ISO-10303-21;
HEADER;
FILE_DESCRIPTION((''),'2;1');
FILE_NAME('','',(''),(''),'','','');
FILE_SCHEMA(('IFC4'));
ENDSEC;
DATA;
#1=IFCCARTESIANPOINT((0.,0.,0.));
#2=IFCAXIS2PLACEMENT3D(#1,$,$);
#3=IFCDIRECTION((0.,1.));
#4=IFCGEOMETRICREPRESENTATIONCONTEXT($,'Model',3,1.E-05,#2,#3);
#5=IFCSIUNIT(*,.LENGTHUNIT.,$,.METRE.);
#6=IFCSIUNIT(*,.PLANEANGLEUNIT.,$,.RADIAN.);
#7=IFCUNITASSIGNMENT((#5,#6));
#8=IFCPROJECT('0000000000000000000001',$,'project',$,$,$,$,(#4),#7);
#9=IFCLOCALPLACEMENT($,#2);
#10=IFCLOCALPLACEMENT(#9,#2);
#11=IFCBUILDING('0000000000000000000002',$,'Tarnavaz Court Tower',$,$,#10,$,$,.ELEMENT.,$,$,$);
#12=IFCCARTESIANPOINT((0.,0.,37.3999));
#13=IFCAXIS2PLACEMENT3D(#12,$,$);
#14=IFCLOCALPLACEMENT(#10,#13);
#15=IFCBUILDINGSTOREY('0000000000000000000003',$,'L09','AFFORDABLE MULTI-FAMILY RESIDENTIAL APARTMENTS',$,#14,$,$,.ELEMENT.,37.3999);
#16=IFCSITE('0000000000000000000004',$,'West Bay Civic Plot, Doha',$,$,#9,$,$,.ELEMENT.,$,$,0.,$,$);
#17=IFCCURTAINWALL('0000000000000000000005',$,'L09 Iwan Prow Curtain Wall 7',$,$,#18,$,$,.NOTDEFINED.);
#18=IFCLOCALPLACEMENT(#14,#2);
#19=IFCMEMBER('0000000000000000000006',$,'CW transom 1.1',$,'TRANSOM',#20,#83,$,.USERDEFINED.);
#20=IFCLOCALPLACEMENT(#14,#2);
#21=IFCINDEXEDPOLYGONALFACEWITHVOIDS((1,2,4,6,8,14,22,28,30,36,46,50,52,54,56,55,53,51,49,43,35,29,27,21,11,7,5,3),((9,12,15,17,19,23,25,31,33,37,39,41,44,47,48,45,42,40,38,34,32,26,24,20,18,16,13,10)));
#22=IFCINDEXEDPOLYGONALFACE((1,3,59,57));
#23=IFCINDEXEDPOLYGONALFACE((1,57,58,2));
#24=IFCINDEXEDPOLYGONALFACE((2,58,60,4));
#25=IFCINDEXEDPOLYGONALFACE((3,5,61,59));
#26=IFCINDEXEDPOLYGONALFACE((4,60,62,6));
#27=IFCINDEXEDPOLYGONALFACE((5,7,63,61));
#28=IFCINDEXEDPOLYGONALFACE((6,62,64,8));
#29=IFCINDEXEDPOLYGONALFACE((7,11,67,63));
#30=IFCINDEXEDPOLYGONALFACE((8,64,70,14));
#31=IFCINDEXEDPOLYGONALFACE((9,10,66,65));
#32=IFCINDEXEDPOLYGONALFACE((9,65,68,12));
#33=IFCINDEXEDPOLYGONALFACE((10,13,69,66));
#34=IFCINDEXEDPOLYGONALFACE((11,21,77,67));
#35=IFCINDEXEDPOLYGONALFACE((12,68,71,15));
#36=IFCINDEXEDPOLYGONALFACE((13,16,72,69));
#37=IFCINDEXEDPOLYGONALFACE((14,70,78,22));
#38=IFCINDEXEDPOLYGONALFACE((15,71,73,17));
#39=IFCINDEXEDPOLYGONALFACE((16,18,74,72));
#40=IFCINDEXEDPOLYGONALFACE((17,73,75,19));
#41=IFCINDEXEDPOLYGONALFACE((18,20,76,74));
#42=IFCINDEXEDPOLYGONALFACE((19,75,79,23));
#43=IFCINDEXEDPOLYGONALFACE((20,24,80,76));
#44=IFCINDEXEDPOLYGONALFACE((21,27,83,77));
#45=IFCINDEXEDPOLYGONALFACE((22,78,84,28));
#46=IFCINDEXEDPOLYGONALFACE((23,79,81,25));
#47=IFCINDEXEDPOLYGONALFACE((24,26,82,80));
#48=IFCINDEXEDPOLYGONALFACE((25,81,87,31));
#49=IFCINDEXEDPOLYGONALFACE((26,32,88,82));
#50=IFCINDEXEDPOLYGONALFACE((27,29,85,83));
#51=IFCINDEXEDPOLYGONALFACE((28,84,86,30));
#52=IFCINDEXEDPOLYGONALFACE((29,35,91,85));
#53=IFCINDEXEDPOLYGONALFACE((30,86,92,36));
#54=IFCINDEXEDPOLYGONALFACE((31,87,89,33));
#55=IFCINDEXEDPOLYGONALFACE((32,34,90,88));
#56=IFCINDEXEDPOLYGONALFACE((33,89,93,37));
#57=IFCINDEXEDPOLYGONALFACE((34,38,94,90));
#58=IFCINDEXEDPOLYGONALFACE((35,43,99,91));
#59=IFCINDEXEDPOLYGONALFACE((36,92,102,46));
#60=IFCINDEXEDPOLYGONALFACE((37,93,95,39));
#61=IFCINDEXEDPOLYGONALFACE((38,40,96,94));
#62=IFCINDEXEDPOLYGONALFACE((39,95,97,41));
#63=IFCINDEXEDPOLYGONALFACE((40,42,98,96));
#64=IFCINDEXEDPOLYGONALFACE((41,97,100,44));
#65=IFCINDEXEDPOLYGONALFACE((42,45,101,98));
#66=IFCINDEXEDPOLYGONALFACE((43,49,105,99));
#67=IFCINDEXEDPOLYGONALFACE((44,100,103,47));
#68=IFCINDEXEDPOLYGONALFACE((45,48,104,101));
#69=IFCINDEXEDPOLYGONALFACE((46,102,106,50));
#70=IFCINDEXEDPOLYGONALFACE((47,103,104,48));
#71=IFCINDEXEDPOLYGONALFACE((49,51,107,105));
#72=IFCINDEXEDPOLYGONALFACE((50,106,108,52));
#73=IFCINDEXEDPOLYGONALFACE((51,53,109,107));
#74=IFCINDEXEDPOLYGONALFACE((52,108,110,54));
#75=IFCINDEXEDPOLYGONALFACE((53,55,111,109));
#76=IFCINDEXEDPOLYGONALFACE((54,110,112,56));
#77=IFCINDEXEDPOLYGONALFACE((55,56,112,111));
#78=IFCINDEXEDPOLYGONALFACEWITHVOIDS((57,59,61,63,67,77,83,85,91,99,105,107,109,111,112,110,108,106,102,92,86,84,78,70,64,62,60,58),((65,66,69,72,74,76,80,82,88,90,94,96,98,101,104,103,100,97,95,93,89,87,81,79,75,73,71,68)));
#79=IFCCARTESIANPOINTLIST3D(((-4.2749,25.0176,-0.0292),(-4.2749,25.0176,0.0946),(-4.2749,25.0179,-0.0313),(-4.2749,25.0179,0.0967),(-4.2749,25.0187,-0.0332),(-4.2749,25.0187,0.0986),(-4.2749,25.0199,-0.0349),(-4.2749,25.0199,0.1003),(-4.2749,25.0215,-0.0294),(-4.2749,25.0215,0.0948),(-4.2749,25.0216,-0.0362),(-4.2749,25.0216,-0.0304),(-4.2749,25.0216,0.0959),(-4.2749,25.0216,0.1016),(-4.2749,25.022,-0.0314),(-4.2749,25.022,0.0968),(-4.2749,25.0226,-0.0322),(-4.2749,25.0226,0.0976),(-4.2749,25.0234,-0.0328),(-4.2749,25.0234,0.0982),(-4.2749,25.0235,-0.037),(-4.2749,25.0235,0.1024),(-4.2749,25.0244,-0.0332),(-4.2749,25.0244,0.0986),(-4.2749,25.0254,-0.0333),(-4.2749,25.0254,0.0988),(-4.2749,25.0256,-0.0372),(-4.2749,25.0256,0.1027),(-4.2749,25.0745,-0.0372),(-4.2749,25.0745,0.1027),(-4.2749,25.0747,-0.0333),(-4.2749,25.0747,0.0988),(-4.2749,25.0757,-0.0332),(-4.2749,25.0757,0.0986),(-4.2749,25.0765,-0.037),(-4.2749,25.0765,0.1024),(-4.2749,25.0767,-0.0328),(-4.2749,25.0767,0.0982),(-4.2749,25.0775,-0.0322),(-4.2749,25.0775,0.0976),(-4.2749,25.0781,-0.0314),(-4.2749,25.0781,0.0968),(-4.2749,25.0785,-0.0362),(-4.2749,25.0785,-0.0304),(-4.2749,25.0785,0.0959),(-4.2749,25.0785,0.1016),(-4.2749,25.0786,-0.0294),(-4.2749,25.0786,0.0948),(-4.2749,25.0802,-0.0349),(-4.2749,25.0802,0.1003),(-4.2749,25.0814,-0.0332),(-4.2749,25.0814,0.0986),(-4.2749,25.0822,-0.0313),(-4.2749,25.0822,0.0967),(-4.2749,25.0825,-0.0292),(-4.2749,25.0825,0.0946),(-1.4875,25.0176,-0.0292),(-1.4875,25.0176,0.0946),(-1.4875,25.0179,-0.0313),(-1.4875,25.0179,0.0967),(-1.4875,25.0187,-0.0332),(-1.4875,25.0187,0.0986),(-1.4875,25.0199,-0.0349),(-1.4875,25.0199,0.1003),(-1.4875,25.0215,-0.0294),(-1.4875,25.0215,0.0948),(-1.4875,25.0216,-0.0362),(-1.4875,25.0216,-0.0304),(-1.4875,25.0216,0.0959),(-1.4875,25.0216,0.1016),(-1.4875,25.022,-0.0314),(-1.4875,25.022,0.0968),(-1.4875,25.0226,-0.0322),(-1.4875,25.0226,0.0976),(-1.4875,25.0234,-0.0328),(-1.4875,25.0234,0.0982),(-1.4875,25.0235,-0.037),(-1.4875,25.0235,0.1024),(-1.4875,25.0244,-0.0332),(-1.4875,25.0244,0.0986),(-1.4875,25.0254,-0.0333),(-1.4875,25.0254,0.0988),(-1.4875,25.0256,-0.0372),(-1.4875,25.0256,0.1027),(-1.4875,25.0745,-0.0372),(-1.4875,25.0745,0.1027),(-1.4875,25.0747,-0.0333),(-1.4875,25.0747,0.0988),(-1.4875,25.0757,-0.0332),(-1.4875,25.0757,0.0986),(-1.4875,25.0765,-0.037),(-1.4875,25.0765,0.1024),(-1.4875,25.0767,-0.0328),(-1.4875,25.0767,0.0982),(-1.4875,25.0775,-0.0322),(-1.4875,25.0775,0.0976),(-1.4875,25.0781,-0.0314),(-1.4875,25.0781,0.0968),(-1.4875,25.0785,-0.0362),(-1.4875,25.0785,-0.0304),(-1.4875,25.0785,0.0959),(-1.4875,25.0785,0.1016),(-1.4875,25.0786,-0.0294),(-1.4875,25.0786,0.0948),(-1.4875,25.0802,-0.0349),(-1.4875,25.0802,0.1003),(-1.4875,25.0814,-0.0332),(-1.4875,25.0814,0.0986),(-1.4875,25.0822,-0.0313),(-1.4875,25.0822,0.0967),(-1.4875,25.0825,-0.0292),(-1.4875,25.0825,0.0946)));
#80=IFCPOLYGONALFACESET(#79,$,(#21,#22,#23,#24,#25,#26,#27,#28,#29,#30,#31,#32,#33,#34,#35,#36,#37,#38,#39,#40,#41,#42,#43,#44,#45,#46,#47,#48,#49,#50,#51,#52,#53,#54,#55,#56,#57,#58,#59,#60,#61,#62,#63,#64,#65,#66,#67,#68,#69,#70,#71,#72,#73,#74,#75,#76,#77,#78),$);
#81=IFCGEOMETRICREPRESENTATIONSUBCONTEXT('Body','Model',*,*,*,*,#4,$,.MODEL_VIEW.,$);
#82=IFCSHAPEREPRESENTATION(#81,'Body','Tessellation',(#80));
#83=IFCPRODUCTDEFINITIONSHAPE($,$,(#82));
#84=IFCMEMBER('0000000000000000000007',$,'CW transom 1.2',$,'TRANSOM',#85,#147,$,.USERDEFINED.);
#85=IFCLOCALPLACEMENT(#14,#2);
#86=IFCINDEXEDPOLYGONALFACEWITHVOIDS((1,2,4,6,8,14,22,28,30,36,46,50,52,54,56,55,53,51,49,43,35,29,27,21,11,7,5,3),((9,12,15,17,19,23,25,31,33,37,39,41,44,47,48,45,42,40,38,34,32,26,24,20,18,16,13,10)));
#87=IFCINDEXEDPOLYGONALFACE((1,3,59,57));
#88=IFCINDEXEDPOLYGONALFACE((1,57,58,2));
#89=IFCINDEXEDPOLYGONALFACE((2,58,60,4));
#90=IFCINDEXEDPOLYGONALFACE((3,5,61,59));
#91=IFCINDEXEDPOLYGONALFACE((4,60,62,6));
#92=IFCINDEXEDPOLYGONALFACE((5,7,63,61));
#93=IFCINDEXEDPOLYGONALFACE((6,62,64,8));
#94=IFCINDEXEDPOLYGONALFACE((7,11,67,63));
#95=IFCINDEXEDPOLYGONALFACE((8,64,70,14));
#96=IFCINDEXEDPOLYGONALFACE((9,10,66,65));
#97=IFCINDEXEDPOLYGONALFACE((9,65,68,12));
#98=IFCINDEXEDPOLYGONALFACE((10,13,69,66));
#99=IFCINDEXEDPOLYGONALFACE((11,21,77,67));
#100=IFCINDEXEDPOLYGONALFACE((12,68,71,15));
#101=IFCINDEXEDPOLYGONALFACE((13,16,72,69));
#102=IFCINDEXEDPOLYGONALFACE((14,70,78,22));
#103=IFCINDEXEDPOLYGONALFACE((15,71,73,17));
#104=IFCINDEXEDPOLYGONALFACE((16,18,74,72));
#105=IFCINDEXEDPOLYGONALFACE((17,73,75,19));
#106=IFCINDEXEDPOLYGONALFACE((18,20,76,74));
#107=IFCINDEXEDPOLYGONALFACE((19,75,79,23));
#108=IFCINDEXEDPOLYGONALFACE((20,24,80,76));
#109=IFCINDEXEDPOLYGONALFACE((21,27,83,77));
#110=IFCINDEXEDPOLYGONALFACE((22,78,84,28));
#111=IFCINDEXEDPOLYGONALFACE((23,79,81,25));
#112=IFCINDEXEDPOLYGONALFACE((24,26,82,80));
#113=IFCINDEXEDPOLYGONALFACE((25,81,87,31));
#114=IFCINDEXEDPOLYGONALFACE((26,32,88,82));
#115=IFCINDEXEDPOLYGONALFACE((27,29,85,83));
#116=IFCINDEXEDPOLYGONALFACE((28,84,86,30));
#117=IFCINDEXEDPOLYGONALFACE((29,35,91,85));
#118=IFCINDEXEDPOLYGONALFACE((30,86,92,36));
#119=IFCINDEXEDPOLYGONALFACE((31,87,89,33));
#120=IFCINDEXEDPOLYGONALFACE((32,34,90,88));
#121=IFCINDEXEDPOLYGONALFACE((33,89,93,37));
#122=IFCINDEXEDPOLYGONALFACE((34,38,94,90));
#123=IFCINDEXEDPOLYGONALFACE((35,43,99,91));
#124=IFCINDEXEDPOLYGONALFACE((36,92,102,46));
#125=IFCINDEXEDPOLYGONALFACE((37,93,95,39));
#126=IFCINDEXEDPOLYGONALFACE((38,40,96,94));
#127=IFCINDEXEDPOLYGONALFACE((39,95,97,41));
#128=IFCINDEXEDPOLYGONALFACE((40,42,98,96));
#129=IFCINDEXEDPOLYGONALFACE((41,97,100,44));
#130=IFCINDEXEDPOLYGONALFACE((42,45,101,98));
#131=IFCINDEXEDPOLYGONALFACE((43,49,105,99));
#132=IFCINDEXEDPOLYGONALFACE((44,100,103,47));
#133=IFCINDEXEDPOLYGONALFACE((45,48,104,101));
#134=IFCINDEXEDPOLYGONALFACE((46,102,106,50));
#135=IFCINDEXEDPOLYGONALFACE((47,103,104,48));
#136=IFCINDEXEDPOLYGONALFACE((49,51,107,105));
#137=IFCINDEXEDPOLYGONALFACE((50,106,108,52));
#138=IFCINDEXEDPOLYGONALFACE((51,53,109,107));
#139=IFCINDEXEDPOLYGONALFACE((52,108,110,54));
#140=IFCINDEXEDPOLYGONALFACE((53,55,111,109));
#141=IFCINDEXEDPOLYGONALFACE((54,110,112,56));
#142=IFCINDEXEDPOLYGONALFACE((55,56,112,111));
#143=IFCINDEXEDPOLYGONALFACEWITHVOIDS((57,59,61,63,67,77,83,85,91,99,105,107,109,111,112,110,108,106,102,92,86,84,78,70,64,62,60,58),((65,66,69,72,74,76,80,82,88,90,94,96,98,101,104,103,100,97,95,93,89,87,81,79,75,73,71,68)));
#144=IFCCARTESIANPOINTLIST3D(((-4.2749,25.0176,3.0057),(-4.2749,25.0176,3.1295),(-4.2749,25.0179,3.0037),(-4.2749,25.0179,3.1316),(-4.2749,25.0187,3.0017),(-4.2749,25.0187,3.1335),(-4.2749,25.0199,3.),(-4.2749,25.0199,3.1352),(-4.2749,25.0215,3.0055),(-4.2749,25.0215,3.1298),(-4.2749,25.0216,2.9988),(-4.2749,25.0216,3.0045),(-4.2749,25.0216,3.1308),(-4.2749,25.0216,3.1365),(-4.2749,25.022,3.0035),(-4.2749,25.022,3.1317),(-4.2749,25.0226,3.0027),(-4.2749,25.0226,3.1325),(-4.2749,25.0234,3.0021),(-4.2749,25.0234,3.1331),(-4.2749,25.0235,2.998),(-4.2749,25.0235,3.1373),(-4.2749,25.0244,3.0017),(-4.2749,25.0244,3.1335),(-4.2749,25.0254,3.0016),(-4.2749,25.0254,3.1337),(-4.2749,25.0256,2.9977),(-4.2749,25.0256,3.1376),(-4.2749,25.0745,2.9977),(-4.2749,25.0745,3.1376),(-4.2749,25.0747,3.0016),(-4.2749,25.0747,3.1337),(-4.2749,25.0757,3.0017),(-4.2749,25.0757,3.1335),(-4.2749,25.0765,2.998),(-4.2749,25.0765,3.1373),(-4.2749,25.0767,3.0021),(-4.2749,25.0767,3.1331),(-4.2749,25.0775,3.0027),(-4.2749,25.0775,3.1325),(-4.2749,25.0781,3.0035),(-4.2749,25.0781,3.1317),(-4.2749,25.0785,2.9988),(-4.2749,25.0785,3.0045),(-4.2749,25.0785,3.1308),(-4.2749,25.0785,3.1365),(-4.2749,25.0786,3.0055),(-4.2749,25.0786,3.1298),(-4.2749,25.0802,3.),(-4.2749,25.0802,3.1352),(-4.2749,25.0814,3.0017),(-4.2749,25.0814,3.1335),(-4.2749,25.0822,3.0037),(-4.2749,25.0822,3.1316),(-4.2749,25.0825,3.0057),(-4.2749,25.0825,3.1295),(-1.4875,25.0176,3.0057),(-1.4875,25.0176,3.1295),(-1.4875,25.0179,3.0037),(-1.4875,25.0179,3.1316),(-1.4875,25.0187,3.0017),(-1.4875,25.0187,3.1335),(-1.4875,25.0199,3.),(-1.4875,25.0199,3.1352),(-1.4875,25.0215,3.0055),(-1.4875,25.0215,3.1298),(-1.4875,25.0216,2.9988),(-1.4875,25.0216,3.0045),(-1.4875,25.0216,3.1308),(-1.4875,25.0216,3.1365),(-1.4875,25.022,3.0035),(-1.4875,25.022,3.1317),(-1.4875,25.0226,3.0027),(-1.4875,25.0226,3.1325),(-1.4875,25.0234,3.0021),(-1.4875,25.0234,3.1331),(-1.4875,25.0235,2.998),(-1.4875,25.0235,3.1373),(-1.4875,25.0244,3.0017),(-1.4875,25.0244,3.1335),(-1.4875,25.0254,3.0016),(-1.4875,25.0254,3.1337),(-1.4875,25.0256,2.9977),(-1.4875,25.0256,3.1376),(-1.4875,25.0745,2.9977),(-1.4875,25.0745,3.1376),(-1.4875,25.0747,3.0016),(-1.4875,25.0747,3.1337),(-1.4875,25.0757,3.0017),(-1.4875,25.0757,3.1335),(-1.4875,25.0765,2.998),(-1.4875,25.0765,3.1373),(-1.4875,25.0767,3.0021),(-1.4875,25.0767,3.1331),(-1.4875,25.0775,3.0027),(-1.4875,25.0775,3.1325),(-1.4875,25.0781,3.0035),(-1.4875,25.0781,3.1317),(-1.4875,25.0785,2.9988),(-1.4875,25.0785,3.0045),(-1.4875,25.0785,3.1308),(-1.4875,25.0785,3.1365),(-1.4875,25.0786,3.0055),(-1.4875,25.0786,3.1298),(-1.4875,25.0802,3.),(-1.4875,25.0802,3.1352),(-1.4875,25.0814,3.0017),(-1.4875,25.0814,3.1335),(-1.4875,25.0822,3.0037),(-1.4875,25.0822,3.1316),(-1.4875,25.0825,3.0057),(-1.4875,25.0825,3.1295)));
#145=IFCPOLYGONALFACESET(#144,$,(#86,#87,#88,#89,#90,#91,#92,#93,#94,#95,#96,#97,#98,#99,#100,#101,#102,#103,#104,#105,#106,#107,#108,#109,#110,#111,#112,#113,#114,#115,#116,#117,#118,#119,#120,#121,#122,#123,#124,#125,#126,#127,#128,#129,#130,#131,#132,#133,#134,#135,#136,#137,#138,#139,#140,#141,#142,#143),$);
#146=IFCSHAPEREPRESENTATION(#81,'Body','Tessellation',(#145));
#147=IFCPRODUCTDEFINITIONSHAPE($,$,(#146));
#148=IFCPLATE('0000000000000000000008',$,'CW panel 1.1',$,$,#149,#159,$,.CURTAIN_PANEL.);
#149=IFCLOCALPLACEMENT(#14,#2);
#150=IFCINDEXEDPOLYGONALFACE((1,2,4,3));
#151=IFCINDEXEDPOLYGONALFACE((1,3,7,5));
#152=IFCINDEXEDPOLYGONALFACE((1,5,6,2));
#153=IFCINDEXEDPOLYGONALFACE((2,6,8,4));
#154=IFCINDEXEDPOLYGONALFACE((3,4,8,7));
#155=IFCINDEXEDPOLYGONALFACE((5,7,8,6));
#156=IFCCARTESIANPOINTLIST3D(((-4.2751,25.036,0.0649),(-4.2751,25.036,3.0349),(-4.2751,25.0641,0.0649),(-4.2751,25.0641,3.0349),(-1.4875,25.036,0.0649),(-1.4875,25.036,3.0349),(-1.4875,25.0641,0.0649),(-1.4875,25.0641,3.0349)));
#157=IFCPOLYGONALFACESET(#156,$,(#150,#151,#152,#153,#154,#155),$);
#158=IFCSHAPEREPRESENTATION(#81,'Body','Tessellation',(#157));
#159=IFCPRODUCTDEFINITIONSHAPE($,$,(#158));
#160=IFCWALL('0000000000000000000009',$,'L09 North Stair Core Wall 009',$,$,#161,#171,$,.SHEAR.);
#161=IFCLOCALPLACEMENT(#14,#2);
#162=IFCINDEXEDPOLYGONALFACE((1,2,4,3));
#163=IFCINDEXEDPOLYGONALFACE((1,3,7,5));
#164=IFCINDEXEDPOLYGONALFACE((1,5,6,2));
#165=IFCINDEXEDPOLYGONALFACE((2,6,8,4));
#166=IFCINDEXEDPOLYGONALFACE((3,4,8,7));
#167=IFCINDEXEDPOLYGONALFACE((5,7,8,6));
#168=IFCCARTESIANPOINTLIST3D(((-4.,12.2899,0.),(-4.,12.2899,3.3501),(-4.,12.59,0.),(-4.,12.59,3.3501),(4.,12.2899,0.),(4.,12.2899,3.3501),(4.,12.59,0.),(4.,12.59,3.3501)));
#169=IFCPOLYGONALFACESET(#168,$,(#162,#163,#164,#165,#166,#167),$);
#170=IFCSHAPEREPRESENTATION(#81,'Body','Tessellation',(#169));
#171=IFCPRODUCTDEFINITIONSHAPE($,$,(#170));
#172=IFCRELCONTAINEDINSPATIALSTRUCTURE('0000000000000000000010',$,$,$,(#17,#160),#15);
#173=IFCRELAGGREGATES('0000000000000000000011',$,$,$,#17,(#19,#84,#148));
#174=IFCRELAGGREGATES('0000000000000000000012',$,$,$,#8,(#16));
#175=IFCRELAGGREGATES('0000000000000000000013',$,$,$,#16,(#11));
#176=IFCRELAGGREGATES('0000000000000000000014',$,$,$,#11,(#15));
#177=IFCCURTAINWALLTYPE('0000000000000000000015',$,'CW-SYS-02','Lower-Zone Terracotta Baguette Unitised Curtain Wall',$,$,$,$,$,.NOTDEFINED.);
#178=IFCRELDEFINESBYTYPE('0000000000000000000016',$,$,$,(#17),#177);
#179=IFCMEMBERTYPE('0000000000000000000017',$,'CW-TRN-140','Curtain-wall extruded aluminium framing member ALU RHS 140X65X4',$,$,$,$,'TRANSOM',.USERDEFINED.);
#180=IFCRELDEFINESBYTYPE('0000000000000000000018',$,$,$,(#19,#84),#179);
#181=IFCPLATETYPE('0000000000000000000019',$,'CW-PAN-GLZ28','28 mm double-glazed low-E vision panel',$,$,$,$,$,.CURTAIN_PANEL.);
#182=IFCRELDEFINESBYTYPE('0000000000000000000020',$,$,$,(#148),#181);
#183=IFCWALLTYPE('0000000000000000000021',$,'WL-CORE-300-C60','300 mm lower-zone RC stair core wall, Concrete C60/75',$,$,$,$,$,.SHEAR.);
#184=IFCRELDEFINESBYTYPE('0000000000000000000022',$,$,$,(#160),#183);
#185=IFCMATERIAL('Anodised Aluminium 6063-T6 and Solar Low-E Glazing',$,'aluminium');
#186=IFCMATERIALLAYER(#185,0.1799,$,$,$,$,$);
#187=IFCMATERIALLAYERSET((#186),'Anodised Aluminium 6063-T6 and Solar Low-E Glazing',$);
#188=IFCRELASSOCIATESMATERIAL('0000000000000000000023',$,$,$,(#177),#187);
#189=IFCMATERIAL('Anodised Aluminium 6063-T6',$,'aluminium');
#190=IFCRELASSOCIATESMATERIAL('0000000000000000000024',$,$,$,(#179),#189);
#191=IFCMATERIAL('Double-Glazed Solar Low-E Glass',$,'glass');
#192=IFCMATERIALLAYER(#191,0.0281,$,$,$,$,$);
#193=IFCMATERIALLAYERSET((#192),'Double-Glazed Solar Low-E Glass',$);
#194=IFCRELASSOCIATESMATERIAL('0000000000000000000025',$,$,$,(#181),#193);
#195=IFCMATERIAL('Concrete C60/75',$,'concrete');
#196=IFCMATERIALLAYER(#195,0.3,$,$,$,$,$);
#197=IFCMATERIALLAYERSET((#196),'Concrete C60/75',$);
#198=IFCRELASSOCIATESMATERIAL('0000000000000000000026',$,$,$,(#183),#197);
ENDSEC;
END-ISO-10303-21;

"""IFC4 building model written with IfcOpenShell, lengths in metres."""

from ifc_helpers import new_model, si_unit, direction, frame, frame_2d, origin, origin_2d, place, context, subcontext, project, spatial, rectangle, hollow_rectangle, extrude, material, layer, layer_set, material_profile, profile_set, type_object, element, aggregate, save


model = new_model("IFC4")

# Units and contexts
model_context = context("Model", 3, precision=1e-05, world=origin(), true_north=direction((0.0, 1.0)))
body_context = subcontext(model_context, "Body", "Model", "MODEL_VIEW")
ifc_project = project(units=[si_unit("LENGTHUNIT", "METRE"), si_unit("PLANEANGLEUNIT", "RADIAN")], contexts=[model_context])

# Site, building, storey
site_placement = place(None, origin())
site = spatial("IfcSite", under=ifc_project, at=site_placement, Name="West Bay Civic Plot, Doha", CompositionType="ELEMENT", RefElevation=0.0)
building_placement = place(site_placement, origin())
building = spatial("IfcBuilding", under=site, at=building_placement, Name="Tarnavaz Court Tower", CompositionType="ELEMENT")
storey_placement = place(building_placement, frame((0.0, 0.0, 37.3999)))
storey = spatial("IfcBuildingStorey", under=building, at=storey_placement, Name="L09", Description="AFFORDABLE MULTI-FAMILY RESIDENTIAL APARTMENTS", CompositionType="ELEMENT", Elevation=37.3999)

# Shared definitions
ifc_material_1 = material(Name="Concrete C60/75", Category="concrete")

# Curtain wall, members, plate
ifc_material_2 = material(Name="Anodised Aluminium 6063-T6 and Solar Low-E Glazing", Category="aluminium")
ifc_layer_1 = layer(ifc_material_2, 0.1799)
ifc_layer_set_1 = layer_set([ifc_layer_1], Name="Anodised Aluminium 6063-T6 and Solar Low-E Glazing")
curtain_wall_type = type_object("IfcCurtainWallType", Name="CW-SYS-02", Description="Lower-Zone Terracotta Baguette Unitised Curtain Wall", PredefinedType="NOTDEFINED", material=ifc_layer_set_1)
curtain_wall_placement = place(storey_placement, origin())
curtain_wall = element("IfcCurtainWall", 1, at=curtain_wall_placement, inside=storey, type_object=curtain_wall_type, Name="L09 Iwan Prow Curtain Wall 7", PredefinedType="NOTDEFINED")
ifc_material_3 = material(Name="Anodised Aluminium 6063-T6", Category="aluminium")
ifc_material_profile_1 = material_profile(ifc_material_3, hollow_rectangle(XDim=0.0649, YDim=0.1399, WallThickness=0.0039, InnerFilletRadius=0.0039, OuterFilletRadius=0.0081, at=origin_2d()), Name="ALU RHS 140X65X4")
ifc_profile_set_1 = profile_set([ifc_material_profile_1], Name="Anodised Aluminium 6063-T6")
member_type_1 = type_object("IfcMemberType", Name="CW-TRN-140", Description="Curtain-wall extruded aluminium framing member ALU RHS 140X65X4", ElementType="TRANSOM", PredefinedType="USERDEFINED", material=ifc_profile_set_1)
member_1_placement = place(storey_placement, frame((-4.2749, 25.05, 0.0327), z_axis=(1.0, 0.0, 0.0), x_axis=(0.0, 1.0, 0.0)))
member_1 = element("IfcMember", 2, at=member_1_placement, type_object=member_type_1, Name="CW transom 1.1", ObjectType="TRANSOM", PredefinedType="USERDEFINED", context=body_context, shape_type="SweptSolid", body=[
    extrude(hollow_rectangle(XDim=0.0649, YDim=0.1399, WallThickness=0.0039, InnerFilletRadius=0.0039, OuterFilletRadius=0.0081, at=origin_2d()), origin(), (0.0, 0.0, 1.0), 2.7874),
])
member_2_placement = place(storey_placement, frame((-4.2749, 25.05, 3.0676), z_axis=(1.0, 0.0, 0.0), x_axis=(0.0, 1.0, 0.0)))
member_2 = element("IfcMember", 3, at=member_2_placement, type_object=member_type_1, Name="CW transom 1.2", ObjectType="TRANSOM", PredefinedType="USERDEFINED", context=body_context, shape_type="SweptSolid", body=[
    extrude(hollow_rectangle(XDim=0.0649, YDim=0.1399, WallThickness=0.0039, InnerFilletRadius=0.0039, OuterFilletRadius=0.0081, at=origin_2d()), origin(), (0.0, 0.0, 1.0), 2.7874),
])
ifc_material_4 = material(Name="Double-Glazed Solar Low-E Glass", Category="glass")
ifc_layer_2 = layer(ifc_material_4, 0.0281)
ifc_layer_set_2 = layer_set([ifc_layer_2], Name="Double-Glazed Solar Low-E Glass")
plate_type = type_object("IfcPlateType", Name="CW-PAN-GLZ28", Description="28 mm double-glazed low-E vision panel", PredefinedType="CURTAIN_PANEL", material=ifc_layer_set_2)
plate_placement = place(storey_placement, frame((-2.8813, 25.05, 0.0649), z_axis=(0.0, 0.0, 1.0), x_axis=(1.0, 0.0, 0.0)))
plate = element("IfcPlate", 4, at=plate_placement, type_object=plate_type, Name="CW panel 1.1", PredefinedType="CURTAIN_PANEL", context=body_context, shape_type="SweptSolid", body=[
    extrude(rectangle(XDim=2.7876, YDim=0.0281, at=origin_2d()), origin(), (0.0, 0.0, 1.0), 2.97),
])
aggregate(curtain_wall, [member_1, member_2, plate])

# Wall
ifc_layer_3 = layer(ifc_material_1, 0.3)
ifc_layer_set_3 = layer_set([ifc_layer_3], Name="Concrete C60/75")
wall_type_1 = type_object("IfcWallType", Name="WL-CORE-300-C60", Description="300 mm lower-zone RC stair core wall, Concrete C60/75", PredefinedType="SHEAR", material=ifc_layer_set_3)
wall_1_placement = place(storey_placement, frame((-4.0, 12.4399, 0.0), z_axis=(0.0, 0.0, 1.0), x_axis=(1.0, 0.0, 0.0)))
element("IfcWall", 5, at=wall_1_placement, inside=storey, type_object=wall_type_1, Name="L09 North Stair Core Wall 009", PredefinedType="SHEAR", context=body_context, shape_type="SweptSolid", body=[
    extrude(rectangle(XDim=8.0, YDim=0.3, at=frame_2d((4.0, 0.0))), origin(), (0.0, 0.0, 1.0), 3.3501),
])

save(model, "model.ifc")
